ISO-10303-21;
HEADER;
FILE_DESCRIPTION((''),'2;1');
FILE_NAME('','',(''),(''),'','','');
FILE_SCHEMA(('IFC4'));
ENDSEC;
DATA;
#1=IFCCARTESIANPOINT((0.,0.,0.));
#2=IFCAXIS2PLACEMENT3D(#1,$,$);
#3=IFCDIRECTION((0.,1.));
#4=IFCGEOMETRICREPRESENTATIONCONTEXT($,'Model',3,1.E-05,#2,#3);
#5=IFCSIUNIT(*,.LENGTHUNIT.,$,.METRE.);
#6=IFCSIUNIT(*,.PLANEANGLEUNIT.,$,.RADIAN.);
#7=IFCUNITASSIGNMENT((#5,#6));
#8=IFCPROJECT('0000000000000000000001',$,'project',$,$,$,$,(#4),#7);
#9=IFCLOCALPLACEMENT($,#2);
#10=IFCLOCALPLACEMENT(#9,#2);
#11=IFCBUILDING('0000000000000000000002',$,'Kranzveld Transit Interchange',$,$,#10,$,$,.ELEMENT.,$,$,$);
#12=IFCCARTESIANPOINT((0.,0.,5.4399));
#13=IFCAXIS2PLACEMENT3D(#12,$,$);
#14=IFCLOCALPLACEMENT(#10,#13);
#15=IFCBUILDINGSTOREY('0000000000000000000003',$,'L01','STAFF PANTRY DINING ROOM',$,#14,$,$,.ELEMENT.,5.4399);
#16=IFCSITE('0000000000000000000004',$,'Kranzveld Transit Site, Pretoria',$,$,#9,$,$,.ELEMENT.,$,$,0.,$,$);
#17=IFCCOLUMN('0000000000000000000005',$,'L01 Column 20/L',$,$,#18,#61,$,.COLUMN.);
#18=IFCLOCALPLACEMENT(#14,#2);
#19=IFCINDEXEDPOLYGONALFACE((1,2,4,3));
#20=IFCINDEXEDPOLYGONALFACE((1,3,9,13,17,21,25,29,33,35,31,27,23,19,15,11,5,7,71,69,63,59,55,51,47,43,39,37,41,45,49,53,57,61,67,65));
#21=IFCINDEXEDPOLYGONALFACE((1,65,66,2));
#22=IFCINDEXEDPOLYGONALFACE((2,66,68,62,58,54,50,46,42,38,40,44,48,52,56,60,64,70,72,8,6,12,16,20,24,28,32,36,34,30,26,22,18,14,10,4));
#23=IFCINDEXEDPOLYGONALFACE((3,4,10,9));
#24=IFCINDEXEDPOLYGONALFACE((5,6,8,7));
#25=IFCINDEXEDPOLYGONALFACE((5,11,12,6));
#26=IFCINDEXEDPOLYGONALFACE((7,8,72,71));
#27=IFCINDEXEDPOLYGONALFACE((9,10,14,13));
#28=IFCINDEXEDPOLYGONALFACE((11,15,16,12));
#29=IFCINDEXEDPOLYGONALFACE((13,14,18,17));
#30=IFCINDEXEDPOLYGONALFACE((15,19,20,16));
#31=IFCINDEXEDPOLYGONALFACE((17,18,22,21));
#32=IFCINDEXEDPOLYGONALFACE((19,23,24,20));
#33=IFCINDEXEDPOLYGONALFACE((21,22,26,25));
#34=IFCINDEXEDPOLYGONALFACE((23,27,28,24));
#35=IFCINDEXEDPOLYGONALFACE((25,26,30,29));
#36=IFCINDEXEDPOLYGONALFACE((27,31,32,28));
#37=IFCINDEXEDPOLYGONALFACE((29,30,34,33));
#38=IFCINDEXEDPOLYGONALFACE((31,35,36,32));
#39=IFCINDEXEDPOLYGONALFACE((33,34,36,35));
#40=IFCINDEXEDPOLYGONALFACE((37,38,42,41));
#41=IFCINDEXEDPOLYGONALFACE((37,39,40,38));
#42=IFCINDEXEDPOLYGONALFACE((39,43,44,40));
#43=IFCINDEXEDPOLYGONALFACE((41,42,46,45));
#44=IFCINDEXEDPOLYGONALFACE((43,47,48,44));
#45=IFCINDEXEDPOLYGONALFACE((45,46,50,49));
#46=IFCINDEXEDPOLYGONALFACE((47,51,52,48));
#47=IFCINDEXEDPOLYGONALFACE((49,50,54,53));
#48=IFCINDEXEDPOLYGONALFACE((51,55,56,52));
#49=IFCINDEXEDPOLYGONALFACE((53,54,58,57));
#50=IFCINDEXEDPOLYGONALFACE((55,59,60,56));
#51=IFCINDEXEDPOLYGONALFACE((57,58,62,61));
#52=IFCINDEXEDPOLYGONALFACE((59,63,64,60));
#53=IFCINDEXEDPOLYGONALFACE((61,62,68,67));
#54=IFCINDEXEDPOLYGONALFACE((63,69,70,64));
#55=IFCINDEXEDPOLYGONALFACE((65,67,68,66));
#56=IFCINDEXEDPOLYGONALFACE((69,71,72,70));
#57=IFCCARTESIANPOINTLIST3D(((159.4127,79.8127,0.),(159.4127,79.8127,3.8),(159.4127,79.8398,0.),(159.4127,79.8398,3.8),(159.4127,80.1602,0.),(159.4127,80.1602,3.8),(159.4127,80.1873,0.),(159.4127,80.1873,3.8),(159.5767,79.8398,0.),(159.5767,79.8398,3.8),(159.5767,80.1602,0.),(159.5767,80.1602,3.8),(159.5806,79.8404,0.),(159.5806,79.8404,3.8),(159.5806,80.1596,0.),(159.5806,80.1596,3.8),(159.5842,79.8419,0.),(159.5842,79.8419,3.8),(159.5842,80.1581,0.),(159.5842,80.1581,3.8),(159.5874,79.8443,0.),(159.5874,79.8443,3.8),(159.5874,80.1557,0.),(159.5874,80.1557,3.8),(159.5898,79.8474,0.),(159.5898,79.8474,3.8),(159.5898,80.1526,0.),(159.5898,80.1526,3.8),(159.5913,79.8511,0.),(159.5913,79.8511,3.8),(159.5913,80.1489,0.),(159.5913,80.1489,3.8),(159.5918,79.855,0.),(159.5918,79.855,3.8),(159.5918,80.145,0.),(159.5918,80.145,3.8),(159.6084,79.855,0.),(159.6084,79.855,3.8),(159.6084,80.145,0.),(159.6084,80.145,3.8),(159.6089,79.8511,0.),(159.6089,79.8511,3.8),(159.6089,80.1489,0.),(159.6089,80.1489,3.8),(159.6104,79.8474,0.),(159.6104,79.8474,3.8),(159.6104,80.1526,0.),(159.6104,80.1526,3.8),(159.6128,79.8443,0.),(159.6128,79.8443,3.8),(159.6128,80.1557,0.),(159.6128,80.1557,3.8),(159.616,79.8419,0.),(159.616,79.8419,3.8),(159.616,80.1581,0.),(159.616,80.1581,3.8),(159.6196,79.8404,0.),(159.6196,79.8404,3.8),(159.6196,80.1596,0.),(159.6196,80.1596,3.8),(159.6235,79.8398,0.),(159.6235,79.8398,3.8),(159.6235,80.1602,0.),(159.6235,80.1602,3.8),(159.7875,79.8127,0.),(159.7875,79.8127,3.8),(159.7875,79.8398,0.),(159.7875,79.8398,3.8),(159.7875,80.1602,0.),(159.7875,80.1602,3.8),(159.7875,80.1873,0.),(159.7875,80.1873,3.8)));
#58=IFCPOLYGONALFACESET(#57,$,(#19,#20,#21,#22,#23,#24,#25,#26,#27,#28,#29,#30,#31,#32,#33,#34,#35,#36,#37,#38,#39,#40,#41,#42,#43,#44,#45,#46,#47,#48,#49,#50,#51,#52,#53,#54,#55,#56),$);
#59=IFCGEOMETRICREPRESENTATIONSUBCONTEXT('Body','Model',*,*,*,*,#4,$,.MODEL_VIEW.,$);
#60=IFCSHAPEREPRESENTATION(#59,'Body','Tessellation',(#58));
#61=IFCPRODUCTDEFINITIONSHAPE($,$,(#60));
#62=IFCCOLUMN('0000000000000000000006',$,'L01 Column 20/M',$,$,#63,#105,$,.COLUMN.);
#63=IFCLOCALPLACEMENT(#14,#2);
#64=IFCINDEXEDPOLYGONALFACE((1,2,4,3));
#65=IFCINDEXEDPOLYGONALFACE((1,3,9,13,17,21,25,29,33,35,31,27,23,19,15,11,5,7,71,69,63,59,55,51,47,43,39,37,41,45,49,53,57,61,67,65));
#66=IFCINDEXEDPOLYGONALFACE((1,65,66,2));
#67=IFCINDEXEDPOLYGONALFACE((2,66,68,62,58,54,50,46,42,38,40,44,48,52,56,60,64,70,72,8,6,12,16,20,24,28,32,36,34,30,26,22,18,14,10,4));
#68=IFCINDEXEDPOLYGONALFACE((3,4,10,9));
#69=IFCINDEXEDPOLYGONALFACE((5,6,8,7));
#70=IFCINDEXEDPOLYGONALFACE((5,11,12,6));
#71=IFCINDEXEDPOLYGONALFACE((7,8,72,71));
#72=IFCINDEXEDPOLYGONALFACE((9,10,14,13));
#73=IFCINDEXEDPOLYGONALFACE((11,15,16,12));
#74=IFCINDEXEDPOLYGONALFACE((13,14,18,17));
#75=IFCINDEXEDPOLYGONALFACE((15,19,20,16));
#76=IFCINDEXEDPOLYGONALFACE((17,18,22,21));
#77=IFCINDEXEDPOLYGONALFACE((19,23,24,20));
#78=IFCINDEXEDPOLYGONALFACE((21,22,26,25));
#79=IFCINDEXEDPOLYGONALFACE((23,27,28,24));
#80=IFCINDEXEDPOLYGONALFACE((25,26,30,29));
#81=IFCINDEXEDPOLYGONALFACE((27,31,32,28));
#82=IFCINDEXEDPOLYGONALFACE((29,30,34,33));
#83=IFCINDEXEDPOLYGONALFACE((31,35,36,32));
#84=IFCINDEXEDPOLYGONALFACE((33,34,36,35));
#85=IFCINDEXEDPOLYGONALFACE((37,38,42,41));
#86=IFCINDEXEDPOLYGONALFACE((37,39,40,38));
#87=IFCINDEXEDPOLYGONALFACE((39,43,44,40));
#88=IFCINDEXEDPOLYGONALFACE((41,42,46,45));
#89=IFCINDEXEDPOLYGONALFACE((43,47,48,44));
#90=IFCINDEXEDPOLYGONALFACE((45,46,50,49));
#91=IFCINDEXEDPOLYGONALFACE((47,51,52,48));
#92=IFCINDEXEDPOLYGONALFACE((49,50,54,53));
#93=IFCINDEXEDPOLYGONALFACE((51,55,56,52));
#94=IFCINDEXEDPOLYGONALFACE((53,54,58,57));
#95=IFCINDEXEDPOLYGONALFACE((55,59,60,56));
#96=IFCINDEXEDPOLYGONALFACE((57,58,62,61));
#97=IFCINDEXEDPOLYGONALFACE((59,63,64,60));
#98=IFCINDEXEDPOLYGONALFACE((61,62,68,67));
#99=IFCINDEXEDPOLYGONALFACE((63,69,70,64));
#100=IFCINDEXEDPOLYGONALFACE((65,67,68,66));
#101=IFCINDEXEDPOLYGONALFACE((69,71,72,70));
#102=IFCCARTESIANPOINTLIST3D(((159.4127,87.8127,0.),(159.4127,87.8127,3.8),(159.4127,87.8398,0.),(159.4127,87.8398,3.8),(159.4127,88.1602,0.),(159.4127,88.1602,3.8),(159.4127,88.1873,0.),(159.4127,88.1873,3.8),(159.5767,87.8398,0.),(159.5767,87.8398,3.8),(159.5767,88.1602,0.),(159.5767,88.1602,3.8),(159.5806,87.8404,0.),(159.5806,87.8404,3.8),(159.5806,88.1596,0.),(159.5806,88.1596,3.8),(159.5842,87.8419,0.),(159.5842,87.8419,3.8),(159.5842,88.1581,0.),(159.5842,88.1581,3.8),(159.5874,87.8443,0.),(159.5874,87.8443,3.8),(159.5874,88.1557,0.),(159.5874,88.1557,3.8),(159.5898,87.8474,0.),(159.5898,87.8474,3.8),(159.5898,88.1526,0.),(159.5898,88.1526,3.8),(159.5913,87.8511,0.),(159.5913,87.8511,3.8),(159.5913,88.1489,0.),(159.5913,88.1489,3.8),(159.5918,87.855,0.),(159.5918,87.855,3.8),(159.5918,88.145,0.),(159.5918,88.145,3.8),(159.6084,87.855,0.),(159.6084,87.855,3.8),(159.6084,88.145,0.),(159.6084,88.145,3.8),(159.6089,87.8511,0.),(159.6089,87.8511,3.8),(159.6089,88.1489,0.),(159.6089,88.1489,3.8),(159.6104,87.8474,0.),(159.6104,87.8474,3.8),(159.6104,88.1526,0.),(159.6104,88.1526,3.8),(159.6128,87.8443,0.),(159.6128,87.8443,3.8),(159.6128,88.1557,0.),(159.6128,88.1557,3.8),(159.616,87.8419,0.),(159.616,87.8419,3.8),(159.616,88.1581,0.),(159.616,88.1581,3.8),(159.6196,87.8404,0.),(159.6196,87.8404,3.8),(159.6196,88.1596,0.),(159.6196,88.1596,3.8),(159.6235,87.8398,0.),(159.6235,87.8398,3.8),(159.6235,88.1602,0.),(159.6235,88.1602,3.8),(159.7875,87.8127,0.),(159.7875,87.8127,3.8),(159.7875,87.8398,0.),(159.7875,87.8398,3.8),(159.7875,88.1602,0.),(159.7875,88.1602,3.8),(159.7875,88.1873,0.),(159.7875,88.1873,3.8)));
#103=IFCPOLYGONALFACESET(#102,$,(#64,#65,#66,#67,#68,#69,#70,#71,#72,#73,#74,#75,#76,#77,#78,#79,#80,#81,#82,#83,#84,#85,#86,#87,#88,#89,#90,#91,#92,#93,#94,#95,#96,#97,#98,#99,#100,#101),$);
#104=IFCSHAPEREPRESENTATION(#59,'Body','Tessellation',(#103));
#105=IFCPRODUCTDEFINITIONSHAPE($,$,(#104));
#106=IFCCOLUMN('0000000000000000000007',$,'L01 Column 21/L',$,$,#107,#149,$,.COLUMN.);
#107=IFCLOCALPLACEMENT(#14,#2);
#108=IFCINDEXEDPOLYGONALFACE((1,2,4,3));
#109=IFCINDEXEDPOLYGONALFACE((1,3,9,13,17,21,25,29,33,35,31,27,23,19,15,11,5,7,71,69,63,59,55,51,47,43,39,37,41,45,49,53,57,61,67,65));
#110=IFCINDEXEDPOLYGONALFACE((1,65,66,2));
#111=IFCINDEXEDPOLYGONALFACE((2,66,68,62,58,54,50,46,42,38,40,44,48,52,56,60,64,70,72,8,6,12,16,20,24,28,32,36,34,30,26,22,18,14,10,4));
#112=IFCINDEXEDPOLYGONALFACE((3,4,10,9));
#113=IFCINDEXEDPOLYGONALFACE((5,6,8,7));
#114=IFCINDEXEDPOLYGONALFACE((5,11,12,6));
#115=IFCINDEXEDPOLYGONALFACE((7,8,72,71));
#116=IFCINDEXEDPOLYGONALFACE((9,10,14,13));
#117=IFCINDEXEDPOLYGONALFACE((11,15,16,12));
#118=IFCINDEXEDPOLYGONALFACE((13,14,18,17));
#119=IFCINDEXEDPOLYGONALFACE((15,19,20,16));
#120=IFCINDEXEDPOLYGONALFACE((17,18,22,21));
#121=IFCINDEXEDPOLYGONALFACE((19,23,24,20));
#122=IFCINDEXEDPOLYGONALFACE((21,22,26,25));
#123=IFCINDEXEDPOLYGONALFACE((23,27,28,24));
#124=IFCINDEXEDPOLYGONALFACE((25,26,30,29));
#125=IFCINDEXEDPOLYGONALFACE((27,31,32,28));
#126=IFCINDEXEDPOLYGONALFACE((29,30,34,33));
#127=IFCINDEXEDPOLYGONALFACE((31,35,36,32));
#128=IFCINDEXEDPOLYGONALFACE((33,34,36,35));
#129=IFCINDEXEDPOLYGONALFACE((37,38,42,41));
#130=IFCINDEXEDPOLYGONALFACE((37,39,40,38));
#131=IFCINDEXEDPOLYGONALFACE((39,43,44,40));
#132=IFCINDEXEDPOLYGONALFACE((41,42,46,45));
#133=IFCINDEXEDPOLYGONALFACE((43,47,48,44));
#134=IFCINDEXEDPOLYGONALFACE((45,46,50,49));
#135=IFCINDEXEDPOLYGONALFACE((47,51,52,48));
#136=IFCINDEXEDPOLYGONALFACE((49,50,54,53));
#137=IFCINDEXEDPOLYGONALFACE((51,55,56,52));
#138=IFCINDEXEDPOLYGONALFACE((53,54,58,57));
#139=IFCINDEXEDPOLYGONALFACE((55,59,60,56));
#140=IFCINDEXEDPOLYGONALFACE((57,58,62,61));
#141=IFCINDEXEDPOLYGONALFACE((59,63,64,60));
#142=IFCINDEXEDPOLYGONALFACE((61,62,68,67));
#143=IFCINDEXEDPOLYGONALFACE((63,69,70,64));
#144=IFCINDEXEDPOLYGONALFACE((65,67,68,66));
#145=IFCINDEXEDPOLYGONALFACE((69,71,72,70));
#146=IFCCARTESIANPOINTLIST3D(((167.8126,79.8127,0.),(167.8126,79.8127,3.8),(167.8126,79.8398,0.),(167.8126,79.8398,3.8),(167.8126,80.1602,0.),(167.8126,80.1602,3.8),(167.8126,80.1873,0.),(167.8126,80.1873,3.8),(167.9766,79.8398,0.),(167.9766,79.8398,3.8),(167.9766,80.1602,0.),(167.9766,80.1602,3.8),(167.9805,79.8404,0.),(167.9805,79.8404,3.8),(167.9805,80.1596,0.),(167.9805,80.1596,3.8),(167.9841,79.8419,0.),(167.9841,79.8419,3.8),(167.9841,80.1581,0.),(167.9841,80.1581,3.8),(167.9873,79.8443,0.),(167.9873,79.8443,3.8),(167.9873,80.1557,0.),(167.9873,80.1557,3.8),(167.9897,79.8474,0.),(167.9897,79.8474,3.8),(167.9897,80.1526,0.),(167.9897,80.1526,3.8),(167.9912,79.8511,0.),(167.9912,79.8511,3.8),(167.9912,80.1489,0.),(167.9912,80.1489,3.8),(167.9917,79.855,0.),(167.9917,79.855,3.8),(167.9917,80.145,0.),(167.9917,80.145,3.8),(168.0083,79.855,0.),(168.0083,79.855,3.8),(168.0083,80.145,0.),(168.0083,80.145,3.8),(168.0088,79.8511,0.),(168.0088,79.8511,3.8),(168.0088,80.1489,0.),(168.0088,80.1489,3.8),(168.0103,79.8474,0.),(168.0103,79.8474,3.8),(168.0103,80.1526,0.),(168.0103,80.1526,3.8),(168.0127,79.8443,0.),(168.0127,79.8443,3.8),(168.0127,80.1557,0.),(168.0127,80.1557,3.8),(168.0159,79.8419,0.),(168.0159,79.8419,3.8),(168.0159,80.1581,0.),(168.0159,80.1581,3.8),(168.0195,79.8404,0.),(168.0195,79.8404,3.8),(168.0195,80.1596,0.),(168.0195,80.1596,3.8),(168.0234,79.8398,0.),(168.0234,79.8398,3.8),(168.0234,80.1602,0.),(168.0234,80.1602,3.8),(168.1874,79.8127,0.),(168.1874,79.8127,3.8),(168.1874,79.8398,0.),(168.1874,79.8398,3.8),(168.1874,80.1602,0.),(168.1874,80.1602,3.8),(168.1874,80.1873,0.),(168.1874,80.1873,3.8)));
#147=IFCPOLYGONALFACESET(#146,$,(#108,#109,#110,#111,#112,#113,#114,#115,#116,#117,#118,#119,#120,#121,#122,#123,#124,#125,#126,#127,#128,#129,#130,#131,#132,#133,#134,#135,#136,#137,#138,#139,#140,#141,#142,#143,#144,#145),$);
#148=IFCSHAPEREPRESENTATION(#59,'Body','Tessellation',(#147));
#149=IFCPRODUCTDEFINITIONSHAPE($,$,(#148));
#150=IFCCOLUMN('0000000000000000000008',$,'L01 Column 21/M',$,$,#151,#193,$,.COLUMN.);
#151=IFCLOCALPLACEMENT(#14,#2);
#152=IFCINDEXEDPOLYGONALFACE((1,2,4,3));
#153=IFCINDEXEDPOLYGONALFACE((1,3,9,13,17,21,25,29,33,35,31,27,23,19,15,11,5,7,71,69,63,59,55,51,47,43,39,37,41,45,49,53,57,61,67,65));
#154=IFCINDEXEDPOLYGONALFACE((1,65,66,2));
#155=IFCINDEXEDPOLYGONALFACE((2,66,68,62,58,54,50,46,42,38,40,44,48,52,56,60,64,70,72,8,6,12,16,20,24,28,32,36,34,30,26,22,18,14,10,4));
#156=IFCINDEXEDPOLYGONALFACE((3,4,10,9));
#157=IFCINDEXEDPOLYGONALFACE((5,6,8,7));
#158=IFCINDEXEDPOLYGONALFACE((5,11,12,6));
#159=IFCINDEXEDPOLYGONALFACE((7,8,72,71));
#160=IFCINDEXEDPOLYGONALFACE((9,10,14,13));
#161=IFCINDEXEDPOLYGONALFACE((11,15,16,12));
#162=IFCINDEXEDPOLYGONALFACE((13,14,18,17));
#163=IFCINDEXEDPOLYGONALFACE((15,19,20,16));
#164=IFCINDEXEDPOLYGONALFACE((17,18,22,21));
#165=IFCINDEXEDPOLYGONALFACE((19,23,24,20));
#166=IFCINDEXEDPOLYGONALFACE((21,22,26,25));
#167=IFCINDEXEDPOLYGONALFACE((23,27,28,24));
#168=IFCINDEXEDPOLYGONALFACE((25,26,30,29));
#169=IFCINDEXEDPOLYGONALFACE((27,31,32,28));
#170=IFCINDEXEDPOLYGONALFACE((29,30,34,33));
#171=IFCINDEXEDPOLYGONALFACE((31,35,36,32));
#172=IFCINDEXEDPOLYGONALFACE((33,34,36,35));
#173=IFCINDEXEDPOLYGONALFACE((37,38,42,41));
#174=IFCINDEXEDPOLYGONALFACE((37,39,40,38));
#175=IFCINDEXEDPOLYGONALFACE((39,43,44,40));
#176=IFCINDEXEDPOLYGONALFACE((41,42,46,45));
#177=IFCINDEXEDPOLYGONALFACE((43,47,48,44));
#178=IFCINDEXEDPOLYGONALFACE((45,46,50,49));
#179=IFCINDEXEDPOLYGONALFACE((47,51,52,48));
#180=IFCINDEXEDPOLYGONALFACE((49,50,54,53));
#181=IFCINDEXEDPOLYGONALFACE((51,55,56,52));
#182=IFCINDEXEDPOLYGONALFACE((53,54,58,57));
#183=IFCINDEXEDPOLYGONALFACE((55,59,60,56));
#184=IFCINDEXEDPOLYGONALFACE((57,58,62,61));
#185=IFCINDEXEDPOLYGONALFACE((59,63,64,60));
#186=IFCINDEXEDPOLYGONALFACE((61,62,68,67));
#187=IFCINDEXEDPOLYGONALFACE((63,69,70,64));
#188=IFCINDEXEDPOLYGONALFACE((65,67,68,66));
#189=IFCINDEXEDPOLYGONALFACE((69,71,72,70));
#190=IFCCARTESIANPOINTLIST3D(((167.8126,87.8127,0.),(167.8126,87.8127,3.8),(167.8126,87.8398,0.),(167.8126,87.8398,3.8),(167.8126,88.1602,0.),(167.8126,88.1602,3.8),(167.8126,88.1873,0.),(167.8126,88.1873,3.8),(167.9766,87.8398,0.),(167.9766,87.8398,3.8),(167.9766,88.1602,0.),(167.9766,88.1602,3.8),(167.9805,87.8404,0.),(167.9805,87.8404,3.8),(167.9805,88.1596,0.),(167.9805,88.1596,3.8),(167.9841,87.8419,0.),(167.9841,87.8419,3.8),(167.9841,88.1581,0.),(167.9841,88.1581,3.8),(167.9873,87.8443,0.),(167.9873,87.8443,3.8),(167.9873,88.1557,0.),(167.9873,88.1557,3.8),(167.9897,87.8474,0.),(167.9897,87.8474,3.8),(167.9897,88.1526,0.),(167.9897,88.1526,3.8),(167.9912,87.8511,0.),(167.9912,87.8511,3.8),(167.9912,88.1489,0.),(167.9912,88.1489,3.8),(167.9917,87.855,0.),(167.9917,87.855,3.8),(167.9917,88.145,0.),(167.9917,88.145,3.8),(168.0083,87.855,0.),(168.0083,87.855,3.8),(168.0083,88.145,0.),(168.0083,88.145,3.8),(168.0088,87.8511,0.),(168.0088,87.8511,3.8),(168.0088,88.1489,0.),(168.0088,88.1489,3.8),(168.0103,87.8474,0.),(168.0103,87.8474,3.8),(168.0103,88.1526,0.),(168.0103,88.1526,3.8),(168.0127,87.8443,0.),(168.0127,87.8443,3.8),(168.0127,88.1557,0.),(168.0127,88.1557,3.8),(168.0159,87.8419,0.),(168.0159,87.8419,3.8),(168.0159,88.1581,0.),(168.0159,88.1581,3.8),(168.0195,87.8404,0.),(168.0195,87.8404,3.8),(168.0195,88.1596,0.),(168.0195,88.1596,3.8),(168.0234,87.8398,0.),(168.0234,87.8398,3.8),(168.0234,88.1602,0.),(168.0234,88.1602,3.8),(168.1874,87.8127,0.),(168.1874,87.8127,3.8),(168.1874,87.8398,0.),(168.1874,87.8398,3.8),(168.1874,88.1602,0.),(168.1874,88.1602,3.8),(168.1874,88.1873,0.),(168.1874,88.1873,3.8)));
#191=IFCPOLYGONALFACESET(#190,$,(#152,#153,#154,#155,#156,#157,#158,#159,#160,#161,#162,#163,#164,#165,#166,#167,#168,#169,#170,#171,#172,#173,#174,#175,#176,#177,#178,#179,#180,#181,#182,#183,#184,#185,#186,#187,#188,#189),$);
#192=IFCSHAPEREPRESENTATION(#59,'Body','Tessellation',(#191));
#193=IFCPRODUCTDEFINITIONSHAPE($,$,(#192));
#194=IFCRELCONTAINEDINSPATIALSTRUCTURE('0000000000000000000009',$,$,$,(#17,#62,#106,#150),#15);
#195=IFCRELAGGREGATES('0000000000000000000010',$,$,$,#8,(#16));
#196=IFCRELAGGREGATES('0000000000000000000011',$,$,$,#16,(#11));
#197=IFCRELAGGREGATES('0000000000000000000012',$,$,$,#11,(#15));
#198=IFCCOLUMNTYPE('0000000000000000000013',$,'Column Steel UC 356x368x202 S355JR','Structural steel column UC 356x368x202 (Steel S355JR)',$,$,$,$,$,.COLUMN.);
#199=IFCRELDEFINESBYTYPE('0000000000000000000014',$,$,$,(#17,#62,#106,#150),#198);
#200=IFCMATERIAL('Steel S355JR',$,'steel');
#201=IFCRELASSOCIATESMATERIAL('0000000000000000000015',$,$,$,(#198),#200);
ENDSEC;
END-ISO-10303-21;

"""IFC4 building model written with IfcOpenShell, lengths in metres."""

from ifc_helpers import new_model, si_unit, direction, frame, origin, origin_2d, place, context, subcontext, project, spatial, i_section, extrude, material, material_profile, profile_set, type_object, element, save


model = new_model("IFC4")

# Units and contexts
model_context = context("Model", 3, precision=1e-05, world=origin(), true_north=direction((0.0, 1.0)))
body_context = subcontext(model_context, "Body", "Model", "MODEL_VIEW")
ifc_project = project(units=[si_unit("LENGTHUNIT", "METRE"), si_unit("PLANEANGLEUNIT", "RADIAN")], contexts=[model_context])

# Site, building, storey
site_placement = place(None, origin())
site = spatial("IfcSite", under=ifc_project, at=site_placement, Name="Kranzveld Transit Site, Pretoria", CompositionType="ELEMENT", RefElevation=0.0)
building_placement = place(site_placement, origin())
building = spatial("IfcBuilding", under=site, at=building_placement, Name="Kranzveld Transit Interchange", CompositionType="ELEMENT")
storey_placement = place(building_placement, frame((0.0, 0.0, 5.4399)))
storey = spatial("IfcBuildingStorey", under=building, at=storey_placement, Name="L01", Description="STAFF PANTRY DINING ROOM", CompositionType="ELEMENT", Elevation=5.4399)

# Columns
ifc_material_1 = material(Name="Steel S355JR", Category="steel")
ifc_material_profile_1 = material_profile(ifc_material_1, i_section(OverallWidth=0.3748, OverallDepth=0.3745, WebThickness=0.0166, FlangeThickness=0.0271, FilletRadius=0.0151, at=origin_2d()), Name="UC 356x368x202")
ifc_profile_set_1 = profile_set([ifc_material_profile_1], Name="Steel S355JR")
column_type = type_object("IfcColumnType", Name="Column Steel UC 356x368x202 S355JR", Description="Structural steel column UC 356x368x202 (Steel S355JR)", PredefinedType="COLUMN", material=ifc_profile_set_1)
for number, where, z_axis, x_axis, name in (
    (1, (159.6001, 80.0, 0.0), (0.0, 0.0, 1.0), (1.0, 0.0, 0.0), "L01 Column 20/L"),
    (2, (159.6001, 88.0, 0.0), (0.0, 0.0, 1.0), (1.0, 0.0, 0.0), "L01 Column 20/M"),
    (3, (168.0, 80.0, 0.0), (0.0, 0.0, 1.0), (1.0, 0.0, 0.0), "L01 Column 21/L"),
    (4, (168.0, 88.0, 0.0), (0.0, 0.0, 1.0), (1.0, 0.0, 0.0), "L01 Column 21/M"),
):
    element("IfcColumn", number, at=place(storey_placement, frame(where, z_axis=z_axis, x_axis=x_axis)), inside=storey, type_object=column_type, Name=name, PredefinedType="COLUMN", context=body_context, shape_type="SweptSolid", body=[
        extrude(i_section(OverallWidth=0.3748, OverallDepth=0.3745, WebThickness=0.0166, FlangeThickness=0.0271, FilletRadius=0.0151, at=origin_2d()), origin(), (0.0, 0.0, 1.0), 3.8),
    ])

save(model, "model.ifc")
